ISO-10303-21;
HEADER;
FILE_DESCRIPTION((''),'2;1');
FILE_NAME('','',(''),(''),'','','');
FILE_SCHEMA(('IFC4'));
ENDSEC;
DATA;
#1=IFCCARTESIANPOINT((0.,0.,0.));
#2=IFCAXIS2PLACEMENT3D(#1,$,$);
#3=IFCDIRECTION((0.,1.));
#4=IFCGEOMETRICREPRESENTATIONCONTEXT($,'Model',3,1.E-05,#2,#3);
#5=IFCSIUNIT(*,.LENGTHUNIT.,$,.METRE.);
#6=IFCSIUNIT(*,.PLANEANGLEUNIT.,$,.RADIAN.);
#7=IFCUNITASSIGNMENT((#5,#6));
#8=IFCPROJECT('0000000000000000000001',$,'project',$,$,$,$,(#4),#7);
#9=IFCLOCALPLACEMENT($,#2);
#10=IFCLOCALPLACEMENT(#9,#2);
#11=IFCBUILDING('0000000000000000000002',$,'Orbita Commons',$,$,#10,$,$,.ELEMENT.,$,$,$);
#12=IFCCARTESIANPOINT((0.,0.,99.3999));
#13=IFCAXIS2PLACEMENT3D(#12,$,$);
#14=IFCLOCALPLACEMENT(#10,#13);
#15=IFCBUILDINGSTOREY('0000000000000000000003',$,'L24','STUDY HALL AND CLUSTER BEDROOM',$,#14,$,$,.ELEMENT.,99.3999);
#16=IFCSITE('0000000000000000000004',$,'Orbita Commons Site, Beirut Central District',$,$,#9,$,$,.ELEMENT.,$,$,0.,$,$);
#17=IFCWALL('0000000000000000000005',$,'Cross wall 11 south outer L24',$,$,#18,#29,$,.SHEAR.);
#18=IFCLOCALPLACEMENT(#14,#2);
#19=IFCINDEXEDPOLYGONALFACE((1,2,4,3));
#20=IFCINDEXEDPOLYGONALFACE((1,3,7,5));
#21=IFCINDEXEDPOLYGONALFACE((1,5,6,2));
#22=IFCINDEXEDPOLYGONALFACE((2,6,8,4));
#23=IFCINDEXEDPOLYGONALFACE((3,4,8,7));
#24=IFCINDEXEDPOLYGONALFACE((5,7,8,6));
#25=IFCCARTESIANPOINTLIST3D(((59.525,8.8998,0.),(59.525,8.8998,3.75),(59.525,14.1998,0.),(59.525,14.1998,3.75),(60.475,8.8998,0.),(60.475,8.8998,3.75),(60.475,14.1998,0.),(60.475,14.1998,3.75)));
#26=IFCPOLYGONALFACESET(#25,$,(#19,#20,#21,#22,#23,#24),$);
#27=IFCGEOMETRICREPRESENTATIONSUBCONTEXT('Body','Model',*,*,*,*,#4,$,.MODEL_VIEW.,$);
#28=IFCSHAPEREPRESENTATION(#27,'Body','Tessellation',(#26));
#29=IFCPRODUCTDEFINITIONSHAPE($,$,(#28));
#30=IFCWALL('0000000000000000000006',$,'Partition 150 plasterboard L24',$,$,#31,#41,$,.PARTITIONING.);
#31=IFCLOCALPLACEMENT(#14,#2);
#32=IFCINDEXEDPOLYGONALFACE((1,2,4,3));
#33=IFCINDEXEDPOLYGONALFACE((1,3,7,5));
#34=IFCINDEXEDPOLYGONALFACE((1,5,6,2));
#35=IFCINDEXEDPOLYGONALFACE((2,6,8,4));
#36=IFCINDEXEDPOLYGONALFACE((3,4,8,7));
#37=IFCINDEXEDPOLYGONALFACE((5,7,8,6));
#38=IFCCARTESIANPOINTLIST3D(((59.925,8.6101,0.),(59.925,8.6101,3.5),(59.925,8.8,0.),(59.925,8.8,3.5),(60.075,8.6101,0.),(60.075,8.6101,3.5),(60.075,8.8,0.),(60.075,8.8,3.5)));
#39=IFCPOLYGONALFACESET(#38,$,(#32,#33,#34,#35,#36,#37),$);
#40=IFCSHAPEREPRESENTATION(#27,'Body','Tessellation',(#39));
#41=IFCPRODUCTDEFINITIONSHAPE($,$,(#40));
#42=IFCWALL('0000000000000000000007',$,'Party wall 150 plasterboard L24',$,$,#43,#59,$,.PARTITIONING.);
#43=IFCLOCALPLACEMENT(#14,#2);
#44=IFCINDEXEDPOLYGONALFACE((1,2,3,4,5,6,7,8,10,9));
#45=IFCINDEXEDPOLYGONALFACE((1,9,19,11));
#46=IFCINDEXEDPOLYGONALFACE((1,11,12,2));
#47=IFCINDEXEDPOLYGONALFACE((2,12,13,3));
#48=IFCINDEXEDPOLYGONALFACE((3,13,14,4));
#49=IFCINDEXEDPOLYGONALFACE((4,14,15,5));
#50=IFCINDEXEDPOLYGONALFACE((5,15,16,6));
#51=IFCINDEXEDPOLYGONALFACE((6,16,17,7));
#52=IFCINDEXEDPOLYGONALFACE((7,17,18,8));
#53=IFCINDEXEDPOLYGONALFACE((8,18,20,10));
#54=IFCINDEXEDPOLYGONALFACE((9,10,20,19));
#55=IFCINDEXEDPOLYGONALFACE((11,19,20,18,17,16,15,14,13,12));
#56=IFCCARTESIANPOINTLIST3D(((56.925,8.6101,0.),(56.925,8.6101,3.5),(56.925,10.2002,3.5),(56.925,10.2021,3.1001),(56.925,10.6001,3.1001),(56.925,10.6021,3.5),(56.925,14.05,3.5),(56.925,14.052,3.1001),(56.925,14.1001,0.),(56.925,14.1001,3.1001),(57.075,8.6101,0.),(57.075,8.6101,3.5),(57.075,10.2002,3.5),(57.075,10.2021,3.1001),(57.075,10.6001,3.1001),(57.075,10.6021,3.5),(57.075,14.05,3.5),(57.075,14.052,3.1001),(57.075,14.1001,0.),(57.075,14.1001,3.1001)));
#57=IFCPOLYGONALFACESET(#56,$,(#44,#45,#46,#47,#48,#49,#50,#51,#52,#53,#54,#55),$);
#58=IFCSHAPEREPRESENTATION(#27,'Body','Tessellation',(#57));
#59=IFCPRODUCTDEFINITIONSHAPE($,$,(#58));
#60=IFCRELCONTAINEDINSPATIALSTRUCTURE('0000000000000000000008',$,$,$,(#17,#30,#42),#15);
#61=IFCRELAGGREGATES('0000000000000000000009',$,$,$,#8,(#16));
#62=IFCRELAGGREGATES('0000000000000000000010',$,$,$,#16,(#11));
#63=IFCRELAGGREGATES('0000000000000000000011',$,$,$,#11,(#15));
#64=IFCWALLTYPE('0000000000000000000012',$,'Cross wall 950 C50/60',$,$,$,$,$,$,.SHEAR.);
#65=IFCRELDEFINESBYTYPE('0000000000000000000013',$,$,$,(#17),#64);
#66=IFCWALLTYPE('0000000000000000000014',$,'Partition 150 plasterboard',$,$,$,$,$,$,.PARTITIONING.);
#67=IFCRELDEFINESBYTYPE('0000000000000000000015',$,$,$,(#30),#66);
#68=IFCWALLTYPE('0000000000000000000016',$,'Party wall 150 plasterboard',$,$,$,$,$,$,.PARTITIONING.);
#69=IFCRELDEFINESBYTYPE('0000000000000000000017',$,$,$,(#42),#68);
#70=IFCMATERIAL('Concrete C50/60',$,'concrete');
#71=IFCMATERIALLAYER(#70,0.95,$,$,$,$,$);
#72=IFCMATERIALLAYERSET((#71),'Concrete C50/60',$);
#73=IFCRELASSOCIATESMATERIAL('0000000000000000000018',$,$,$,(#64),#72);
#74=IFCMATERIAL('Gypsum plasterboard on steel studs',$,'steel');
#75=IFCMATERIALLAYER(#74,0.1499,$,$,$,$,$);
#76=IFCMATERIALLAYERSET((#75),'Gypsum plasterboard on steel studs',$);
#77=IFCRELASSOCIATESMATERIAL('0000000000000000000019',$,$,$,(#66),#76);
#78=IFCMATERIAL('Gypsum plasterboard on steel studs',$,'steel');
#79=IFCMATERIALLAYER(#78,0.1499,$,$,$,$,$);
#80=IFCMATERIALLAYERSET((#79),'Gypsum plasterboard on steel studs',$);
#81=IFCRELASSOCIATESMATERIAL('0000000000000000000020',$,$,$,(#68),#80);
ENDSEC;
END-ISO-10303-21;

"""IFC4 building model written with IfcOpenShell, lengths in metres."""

from ifc_helpers import new_model, si_unit, direction, frame, frame_2d, origin, place, context, subcontext, project, spatial, polyline, rectangle, outline, extrude, material, layer, layer_set, type_object, element, save


model = new_model("IFC4")

# Units and contexts
model_context = context("Model", 3, precision=1e-05, world=origin(), true_north=direction((0.0, 1.0)))
body_context = subcontext(model_context, "Body", "Model", "MODEL_VIEW")
ifc_project = project(units=[si_unit("LENGTHUNIT", "METRE"), si_unit("PLANEANGLEUNIT", "RADIAN")], contexts=[model_context])

# Site, building, storey
site_placement = place(None, origin())
site = spatial("IfcSite", under=ifc_project, at=site_placement, Name="Orbita Commons Site, Beirut Central District", CompositionType="ELEMENT", RefElevation=0.0)
building_placement = place(site_placement, origin())
building = spatial("IfcBuilding", under=site, at=building_placement, Name="Orbita Commons", CompositionType="ELEMENT")
storey_placement = place(building_placement, frame((0.0, 0.0, 99.3999)))
storey = spatial("IfcBuildingStorey", under=building, at=storey_placement, Name="L24", Description="STUDY HALL AND CLUSTER BEDROOM", CompositionType="ELEMENT", Elevation=99.3999)

# Walls
ifc_material_1 = material(Name="Concrete C50/60", Category="concrete")
ifc_layer_1 = layer(ifc_material_1, 0.95)
ifc_layer_set_1 = layer_set([ifc_layer_1], Name="Concrete C50/60")
wall_type_1 = type_object("IfcWallType", Name="Cross wall 950 C50/60", PredefinedType="SHEAR", material=ifc_layer_set_1)
wall_1_placement = place(storey_placement, frame((60.0, 8.8999, 0.0), z_axis=(0.0, 0.0, 1.0), x_axis=(0.0, 1.0, 0.0)))
element("IfcWall", 1, at=wall_1_placement, inside=storey, type_object=wall_type_1, Name="Cross wall 11 south outer L24", PredefinedType="SHEAR", context=body_context, shape_type="SweptSolid", body=[
    extrude(rectangle(XDim=5.3, YDim=0.95, at=frame_2d((2.6499, 0.0))), origin(), (0.0, 0.0, 1.0), 3.75),
])
ifc_material_2 = material(Name="Gypsum plasterboard on steel studs", Category="steel")
ifc_layer_2 = layer(ifc_material_2, 0.1499)
ifc_layer_set_2 = layer_set([ifc_layer_2], Name="Gypsum plasterboard on steel studs")
wall_type_2 = type_object("IfcWallType", Name="Partition 150 plasterboard", PredefinedType="PARTITIONING", material=ifc_layer_set_2)
wall_2_placement = place(storey_placement, frame((60.0, 8.8, 0.0), z_axis=(0.0, 0.0, 1.0), x_axis=(0.0, -1.0, 0.0)))
element("IfcWall", 2, at=wall_2_placement, inside=storey, type_object=wall_type_2, Name="Partition 150 plasterboard L24", PredefinedType="PARTITIONING", context=body_context, shape_type="SweptSolid", body=[
    extrude(rectangle(XDim=0.1899, YDim=0.1499, at=frame_2d((0.095, 0.0))), origin(), (0.0, 0.0, 1.0), 3.5),
])
ifc_material_3 = material(Name="Gypsum plasterboard on steel studs", Category="steel")
ifc_layer_3 = layer(ifc_material_3, 0.1499)
ifc_layer_set_3 = layer_set([ifc_layer_3], Name="Gypsum plasterboard on steel studs")
wall_type_3 = type_object("IfcWallType", Name="Party wall 150 plasterboard", PredefinedType="PARTITIONING", material=ifc_layer_set_3)
wall_3_placement = place(storey_placement, frame((57.0, 8.6101, 0.0), z_axis=(0.0, 0.0, 1.0), x_axis=(0.0, 1.0, 0.0)))
element("IfcWall", 3, at=wall_3_placement, inside=storey, type_object=wall_type_3, Name="Party wall 150 plasterboard L24", PredefinedType="PARTITIONING", context=body_context, shape_type="SweptSolid", body=[
    extrude(outline(polyline([(0.0, 0.0), (5.49, 0.0), (5.49, 3.1001), (5.4419, 3.1001), (5.4399, 3.5), (1.9919, 3.5), (1.99, 3.1001), (1.592, 3.1001), (1.5901, 3.5), (0.0, 3.5), (0.0, 0.0)])), frame((0.0, 0.075, 0.0), z_axis=(0.0, -1.0, 0.0), x_axis=(1.0, 0.0, 0.0)), (0.0, 0.0, 1.0), 0.1499),
])

save(model, "model.ifc")
